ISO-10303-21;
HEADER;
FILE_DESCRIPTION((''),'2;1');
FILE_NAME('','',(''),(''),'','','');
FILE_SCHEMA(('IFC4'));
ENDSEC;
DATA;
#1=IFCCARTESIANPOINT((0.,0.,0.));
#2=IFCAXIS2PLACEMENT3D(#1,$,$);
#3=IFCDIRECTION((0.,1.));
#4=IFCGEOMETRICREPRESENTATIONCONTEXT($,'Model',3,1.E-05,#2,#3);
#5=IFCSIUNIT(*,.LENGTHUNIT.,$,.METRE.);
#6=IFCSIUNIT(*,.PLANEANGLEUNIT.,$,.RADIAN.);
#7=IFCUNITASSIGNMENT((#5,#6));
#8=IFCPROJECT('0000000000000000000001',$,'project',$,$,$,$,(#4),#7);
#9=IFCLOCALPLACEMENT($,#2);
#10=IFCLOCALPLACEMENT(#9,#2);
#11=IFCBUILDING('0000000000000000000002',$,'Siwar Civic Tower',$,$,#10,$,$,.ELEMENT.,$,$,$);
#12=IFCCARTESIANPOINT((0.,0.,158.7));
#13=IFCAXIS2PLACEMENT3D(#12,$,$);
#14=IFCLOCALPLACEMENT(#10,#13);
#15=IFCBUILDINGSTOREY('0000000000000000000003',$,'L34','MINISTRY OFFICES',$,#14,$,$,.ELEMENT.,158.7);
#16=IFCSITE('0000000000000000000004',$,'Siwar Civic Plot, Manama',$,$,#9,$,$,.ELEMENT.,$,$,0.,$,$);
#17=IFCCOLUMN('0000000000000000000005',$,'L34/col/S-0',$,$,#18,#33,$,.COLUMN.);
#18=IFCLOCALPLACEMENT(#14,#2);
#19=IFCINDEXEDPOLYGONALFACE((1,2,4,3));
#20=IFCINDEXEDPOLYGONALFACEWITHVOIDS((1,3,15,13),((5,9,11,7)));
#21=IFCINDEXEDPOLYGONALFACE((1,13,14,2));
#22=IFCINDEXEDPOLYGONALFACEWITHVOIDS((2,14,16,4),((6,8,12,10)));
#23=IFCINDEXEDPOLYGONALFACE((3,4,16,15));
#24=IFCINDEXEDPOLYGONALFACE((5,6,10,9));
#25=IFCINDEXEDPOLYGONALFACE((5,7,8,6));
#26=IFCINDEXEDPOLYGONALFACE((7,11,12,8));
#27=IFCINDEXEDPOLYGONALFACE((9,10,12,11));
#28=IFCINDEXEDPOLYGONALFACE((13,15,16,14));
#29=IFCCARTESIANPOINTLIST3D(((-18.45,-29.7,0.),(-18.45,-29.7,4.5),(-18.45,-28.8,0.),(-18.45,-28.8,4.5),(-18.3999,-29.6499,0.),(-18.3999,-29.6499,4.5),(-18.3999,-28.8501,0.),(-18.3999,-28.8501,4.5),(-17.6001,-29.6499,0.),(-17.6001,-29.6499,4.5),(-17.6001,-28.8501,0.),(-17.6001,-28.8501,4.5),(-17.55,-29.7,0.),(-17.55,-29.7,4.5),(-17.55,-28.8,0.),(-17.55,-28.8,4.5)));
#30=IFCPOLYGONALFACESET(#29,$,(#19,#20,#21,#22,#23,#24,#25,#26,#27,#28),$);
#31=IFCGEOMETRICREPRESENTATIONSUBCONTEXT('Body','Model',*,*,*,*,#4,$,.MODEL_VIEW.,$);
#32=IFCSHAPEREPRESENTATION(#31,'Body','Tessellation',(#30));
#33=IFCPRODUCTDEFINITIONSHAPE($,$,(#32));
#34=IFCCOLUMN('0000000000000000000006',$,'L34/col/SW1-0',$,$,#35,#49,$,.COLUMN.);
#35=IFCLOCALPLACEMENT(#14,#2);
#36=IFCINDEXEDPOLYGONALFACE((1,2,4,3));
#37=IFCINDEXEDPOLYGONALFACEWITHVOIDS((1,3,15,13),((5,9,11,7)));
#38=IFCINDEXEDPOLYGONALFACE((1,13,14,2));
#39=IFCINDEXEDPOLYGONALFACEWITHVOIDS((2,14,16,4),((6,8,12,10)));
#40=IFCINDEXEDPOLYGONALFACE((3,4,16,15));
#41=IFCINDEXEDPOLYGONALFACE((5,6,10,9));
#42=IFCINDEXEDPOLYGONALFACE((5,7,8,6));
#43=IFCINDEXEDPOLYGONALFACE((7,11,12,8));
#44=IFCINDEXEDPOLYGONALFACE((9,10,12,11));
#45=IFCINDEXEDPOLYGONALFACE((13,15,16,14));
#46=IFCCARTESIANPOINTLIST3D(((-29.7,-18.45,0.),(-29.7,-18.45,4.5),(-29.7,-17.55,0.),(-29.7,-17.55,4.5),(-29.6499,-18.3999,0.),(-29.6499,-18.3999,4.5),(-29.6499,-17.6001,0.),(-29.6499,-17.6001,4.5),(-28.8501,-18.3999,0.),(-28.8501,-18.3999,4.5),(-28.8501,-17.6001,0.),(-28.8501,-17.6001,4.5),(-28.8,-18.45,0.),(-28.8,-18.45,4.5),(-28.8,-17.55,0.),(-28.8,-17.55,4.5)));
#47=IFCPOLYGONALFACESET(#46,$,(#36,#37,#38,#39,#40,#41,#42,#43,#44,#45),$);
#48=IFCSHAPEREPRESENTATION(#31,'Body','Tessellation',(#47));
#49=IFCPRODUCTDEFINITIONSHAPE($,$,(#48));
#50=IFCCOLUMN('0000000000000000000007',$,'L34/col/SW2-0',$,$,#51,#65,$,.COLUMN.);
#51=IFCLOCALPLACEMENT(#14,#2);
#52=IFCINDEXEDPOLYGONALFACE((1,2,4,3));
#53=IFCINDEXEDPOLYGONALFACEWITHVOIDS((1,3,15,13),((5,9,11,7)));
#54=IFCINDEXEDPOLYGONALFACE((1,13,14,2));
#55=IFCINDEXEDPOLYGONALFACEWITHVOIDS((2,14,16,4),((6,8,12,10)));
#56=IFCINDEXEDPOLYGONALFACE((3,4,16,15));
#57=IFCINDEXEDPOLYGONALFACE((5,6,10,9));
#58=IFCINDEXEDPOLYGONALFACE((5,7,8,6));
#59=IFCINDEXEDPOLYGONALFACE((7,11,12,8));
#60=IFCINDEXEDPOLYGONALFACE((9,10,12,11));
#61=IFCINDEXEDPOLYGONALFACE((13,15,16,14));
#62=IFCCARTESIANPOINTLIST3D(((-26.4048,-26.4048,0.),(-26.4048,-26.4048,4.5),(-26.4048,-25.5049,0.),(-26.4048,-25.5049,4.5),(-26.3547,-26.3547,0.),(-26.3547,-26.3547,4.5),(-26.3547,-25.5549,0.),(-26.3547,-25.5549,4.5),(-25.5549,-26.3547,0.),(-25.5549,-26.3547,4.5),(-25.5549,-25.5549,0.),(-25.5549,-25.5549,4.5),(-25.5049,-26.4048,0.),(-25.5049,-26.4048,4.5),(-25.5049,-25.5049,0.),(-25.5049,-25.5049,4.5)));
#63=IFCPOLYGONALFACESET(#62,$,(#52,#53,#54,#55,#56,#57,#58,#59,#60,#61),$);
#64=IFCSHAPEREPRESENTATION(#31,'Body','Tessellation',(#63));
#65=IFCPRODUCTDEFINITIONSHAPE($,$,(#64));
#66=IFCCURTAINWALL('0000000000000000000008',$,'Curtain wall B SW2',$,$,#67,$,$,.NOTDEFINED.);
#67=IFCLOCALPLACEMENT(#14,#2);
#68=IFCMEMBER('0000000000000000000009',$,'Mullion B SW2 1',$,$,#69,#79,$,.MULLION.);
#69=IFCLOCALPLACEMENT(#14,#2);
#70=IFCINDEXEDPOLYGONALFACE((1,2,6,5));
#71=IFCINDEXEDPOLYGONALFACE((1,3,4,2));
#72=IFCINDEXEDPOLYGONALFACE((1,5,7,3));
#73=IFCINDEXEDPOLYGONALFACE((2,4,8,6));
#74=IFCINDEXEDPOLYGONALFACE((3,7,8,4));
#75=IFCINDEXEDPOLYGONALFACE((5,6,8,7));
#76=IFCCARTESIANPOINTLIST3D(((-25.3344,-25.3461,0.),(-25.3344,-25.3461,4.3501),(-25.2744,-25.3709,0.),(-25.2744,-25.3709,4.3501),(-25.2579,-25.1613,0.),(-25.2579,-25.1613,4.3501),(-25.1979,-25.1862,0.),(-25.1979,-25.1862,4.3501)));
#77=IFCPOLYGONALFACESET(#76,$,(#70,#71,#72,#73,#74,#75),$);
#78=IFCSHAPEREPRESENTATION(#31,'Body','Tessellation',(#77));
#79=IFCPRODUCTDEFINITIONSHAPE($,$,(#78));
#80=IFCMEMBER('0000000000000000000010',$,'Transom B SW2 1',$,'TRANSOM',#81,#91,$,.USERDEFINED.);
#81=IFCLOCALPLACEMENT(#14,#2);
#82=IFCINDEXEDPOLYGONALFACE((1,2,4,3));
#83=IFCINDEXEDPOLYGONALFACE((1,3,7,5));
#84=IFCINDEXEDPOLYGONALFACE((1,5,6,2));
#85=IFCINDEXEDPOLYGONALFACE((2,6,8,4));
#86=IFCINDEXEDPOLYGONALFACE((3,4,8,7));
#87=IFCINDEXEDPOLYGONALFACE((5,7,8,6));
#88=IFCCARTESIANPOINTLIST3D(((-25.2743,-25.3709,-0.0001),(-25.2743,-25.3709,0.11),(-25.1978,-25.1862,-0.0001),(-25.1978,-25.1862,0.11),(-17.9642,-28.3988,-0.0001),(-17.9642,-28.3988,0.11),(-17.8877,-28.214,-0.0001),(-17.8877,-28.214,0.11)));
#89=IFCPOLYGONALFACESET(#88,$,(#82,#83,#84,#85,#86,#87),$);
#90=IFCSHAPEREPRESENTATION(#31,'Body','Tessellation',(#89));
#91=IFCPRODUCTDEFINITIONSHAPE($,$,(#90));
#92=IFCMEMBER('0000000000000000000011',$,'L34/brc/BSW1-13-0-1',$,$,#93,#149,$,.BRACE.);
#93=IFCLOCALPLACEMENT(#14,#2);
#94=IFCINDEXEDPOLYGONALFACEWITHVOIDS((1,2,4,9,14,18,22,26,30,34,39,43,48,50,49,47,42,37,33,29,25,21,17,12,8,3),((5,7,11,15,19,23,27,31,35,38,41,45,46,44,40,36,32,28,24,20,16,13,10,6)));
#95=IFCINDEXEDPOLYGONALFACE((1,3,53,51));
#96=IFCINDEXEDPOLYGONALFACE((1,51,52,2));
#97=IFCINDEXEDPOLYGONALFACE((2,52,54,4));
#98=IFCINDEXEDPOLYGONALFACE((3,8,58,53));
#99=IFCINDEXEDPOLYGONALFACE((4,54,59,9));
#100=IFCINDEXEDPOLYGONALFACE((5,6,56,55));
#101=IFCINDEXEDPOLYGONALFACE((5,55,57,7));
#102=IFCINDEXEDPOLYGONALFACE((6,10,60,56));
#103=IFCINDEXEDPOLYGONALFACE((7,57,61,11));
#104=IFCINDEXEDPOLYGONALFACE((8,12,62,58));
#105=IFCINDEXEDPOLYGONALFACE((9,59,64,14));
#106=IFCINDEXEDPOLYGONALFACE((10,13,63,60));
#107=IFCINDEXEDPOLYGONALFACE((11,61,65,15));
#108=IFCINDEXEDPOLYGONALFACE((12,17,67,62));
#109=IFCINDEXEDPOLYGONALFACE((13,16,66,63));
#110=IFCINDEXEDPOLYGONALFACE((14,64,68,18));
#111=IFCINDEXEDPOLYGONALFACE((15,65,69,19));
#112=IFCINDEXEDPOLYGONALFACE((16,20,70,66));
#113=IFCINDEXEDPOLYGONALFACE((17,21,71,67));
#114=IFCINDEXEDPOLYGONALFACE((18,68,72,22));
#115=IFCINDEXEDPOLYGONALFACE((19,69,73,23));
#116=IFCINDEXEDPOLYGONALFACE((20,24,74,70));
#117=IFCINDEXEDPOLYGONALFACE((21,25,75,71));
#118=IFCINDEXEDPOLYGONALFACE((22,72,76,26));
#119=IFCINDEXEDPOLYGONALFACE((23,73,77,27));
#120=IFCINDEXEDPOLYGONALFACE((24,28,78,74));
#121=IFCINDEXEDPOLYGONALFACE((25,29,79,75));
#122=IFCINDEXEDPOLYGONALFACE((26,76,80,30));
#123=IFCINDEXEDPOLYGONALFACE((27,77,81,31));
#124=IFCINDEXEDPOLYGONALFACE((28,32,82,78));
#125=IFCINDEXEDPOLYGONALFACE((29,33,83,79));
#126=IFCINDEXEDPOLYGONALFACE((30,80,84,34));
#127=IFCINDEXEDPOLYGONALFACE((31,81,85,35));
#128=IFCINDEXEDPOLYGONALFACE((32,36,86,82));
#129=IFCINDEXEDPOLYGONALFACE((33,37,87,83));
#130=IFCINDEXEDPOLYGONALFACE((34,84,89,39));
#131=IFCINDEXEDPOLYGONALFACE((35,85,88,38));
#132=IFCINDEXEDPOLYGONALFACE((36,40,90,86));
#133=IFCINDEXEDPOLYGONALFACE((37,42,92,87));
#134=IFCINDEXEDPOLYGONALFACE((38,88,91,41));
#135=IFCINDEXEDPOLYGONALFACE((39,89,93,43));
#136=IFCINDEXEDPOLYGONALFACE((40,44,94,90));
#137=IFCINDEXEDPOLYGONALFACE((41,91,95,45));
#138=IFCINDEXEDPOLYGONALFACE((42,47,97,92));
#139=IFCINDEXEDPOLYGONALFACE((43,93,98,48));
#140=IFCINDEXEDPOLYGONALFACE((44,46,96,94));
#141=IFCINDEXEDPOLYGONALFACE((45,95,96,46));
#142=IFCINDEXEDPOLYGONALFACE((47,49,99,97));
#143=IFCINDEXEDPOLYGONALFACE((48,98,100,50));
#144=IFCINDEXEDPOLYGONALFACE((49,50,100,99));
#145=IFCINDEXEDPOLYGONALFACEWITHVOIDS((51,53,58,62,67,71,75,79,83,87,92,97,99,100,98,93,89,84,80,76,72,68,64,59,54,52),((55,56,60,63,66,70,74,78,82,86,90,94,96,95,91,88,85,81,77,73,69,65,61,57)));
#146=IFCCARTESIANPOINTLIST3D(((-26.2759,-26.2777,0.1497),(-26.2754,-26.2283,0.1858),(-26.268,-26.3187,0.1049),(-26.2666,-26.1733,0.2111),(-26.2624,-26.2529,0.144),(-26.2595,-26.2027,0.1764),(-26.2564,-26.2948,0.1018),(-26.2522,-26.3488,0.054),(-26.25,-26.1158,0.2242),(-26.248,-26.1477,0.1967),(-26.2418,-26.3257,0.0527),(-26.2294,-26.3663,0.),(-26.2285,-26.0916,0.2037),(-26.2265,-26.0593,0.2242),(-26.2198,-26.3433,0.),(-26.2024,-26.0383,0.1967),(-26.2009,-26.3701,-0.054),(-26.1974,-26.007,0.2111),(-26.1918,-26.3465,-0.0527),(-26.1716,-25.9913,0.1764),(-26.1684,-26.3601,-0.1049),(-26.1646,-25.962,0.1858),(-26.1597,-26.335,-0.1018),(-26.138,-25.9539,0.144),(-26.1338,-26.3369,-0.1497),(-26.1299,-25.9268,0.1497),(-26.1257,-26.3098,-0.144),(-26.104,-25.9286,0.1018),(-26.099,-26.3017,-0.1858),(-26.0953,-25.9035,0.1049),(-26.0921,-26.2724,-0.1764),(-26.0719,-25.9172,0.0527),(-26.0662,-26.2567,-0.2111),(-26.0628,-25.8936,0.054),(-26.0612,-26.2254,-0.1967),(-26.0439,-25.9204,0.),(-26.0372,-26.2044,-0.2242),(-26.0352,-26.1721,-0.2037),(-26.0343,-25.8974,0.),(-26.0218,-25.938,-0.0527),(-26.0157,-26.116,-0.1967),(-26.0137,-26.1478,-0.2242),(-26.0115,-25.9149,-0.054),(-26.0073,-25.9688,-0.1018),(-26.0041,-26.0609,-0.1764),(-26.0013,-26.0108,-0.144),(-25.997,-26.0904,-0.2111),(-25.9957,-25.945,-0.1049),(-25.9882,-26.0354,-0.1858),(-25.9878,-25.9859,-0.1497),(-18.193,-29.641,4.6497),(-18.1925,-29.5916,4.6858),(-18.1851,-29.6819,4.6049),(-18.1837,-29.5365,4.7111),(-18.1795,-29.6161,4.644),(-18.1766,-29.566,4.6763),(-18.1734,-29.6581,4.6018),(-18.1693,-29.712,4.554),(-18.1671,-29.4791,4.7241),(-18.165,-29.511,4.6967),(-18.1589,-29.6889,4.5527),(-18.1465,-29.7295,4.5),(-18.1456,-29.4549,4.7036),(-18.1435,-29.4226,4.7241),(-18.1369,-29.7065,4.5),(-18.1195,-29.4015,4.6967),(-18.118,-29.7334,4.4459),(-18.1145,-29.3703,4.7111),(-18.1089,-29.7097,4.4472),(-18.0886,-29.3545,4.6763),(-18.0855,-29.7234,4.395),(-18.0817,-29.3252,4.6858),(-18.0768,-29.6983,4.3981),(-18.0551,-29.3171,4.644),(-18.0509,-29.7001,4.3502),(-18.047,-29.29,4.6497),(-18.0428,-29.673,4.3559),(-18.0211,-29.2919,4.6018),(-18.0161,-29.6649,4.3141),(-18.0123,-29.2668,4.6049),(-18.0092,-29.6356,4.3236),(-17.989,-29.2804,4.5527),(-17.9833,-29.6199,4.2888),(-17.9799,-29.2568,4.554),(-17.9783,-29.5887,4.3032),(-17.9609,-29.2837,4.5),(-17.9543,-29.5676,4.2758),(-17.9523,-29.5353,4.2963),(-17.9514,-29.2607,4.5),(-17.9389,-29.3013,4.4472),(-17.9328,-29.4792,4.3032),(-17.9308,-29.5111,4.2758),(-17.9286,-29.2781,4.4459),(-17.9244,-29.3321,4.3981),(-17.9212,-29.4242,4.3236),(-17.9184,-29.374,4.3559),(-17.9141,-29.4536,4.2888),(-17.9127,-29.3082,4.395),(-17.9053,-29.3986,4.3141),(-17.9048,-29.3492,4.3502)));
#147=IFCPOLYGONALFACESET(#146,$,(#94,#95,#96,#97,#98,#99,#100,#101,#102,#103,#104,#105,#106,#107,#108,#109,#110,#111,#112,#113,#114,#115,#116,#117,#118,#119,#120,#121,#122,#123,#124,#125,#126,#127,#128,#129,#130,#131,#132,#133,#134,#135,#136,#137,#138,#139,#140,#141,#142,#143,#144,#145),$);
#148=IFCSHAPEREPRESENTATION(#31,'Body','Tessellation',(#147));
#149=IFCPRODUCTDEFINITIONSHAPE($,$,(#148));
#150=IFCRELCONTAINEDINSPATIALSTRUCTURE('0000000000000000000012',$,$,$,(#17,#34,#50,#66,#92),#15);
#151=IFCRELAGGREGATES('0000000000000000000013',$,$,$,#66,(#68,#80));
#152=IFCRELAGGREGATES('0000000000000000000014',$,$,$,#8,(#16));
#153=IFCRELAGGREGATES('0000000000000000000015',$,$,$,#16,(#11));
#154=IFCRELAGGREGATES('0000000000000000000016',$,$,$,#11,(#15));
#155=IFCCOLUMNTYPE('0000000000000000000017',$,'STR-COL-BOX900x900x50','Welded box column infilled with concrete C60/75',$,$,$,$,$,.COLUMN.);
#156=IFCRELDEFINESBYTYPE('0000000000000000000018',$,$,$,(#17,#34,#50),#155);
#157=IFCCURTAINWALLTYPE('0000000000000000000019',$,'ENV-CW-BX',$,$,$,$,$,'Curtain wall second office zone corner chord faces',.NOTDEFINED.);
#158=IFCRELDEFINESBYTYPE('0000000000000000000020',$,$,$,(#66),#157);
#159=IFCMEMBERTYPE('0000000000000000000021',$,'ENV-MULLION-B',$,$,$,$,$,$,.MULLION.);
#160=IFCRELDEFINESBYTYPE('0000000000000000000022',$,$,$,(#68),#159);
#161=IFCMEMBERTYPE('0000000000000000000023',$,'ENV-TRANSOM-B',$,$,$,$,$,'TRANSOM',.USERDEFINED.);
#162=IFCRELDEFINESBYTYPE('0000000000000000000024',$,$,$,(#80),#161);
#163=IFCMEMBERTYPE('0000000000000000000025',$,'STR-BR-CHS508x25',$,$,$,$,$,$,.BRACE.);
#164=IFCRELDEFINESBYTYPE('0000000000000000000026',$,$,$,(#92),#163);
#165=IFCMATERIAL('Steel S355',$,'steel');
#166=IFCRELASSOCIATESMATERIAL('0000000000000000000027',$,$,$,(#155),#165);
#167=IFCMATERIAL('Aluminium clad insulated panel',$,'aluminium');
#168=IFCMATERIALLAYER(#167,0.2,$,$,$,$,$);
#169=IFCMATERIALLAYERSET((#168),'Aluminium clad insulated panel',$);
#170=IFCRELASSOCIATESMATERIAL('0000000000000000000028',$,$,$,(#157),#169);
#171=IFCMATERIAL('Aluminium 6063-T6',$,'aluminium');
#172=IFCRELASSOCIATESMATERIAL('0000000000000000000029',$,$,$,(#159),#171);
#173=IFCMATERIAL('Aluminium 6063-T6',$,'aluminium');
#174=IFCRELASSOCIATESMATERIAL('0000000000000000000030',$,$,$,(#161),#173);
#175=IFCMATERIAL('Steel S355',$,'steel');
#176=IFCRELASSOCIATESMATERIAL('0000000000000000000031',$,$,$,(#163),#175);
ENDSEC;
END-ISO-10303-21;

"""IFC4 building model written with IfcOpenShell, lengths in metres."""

from ifc_helpers import new_model, si_unit, direction, frame, origin, origin_2d, place, context, subcontext, project, spatial, rectangle, hollow_rectangle, hollow_circle, extrude, material, layer, layer_set, material_profile, profile_set, type_object, element, aggregate, save


model = new_model("IFC4")

# Units and contexts
model_context = context("Model", 3, precision=1e-05, world=origin(), true_north=direction((0.0, 1.0)))
body_context = subcontext(model_context, "Body", "Model", "MODEL_VIEW")
ifc_project = project(units=[si_unit("LENGTHUNIT", "METRE"), si_unit("PLANEANGLEUNIT", "RADIAN")], contexts=[model_context])

# Site, building, storey
site_placement = place(None, origin())
site = spatial("IfcSite", under=ifc_project, at=site_placement, Name="Siwar Civic Plot, Manama", CompositionType="ELEMENT", RefElevation=0.0)
building_placement = place(site_placement, origin())
building = spatial("IfcBuilding", under=site, at=building_placement, Name="Siwar Civic Tower", CompositionType="ELEMENT")
storey_placement = place(building_placement, frame((0.0, 0.0, 158.7)))
storey = spatial("IfcBuildingStorey", under=building, at=storey_placement, Name="L34", Description="MINISTRY OFFICES", CompositionType="ELEMENT", Elevation=158.7)

# Columns
ifc_material_1 = material(Name="Steel S355", Category="steel")
ifc_material_profile_1 = material_profile(ifc_material_1, hollow_rectangle(XDim=0.8999, YDim=0.8999, WallThickness=0.05, at=origin_2d()), Name="BOX900x900x50")
ifc_profile_set_1 = profile_set([ifc_material_profile_1], Name="Steel S355")
column_type = type_object("IfcColumnType", Name="STR-COL-BOX900x900x50", Description="Welded box column infilled with concrete C60/75", PredefinedType="COLUMN", material=ifc_profile_set_1)
for number, where, z_axis, x_axis, name in (
    (1, (-18.0, -29.25, 0.0), (0.0, 0.0, 1.0), (1.0, 0.0, 0.0), "L34/col/S-0"),
    (2, (-29.25, -18.0, 0.0), (0.0, 0.0, 1.0), (1.0, 0.0, 0.0), "L34/col/SW1-0"),
    (3, (-25.9548, -25.9548, 0.0), (0.0, 0.0, 1.0), (1.0, 0.0, 0.0), "L34/col/SW2-0"),
):
    element("IfcColumn", number, at=place(storey_placement, frame(where, z_axis=z_axis, x_axis=x_axis)), inside=storey, type_object=column_type, Name=name, PredefinedType="COLUMN", context=body_context, shape_type="SweptSolid", body=[
        extrude(hollow_rectangle(XDim=0.8999, YDim=0.8999, WallThickness=0.05, at=origin_2d()), origin(), (0.0, 0.0, 1.0), 4.5),
    ])

# Curtain wall, members
ifc_material_2 = material(Name="Aluminium clad insulated panel", Category="aluminium")
ifc_layer_1 = layer(ifc_material_2, 0.2)
ifc_layer_set_1 = layer_set([ifc_layer_1], Name="Aluminium clad insulated panel")
curtain_wall_type = type_object("IfcCurtainWallType", Name="ENV-CW-BX", ElementType="Curtain wall second office zone corner chord faces", PredefinedType="NOTDEFINED", material=ifc_layer_set_1)
curtain_wall_1_placement = place(storey_placement, origin())
curtain_wall_1 = element("IfcCurtainWall", 4, at=curtain_wall_1_placement, inside=storey, type_object=curtain_wall_type, Name="Curtain wall B SW2", PredefinedType="NOTDEFINED")
ifc_material_3 = material(Name="Aluminium 6063-T6", Category="aluminium")
ifc_material_profile_2 = material_profile(ifc_material_3, rectangle(XDim=0.2, YDim=0.0649, at=origin_2d()), Name="AL 200x65")
ifc_profile_set_2 = profile_set([ifc_material_profile_2], Name="Aluminium 6063-T6")
member_type_1 = type_object("IfcMemberType", Name="ENV-MULLION-B", PredefinedType="MULLION", material=ifc_profile_set_2)
member_1_placement = place(storey_placement, frame((-25.2661, -25.2661, 0.0), z_axis=(0.0, 0.0, 1.0), x_axis=(0.382683, 0.92388, 0.0)))
member_1 = element("IfcMember", 5, at=member_1_placement, type_object=member_type_1, Name="Mullion B SW2 1", PredefinedType="MULLION", context=body_context, shape_type="SweptSolid", body=[
    extrude(rectangle(XDim=0.2, YDim=0.0649, at=origin_2d()), origin(), (0.0, 0.0, 1.0), 4.3501),
])
ifc_material_4 = material(Name="Aluminium 6063-T6", Category="aluminium")
ifc_material_profile_3 = material_profile(ifc_material_4, rectangle(XDim=0.2, YDim=0.1101, at=origin_2d()), Name="AL 200x110")
ifc_profile_set_3 = profile_set([ifc_material_profile_3], Name="Aluminium 6063-T6")
member_type_2 = type_object("IfcMemberType", Name="ENV-TRANSOM-B", ElementType="TRANSOM", PredefinedType="USERDEFINED", material=ifc_profile_set_3)
member_2_placement = place(storey_placement, frame((-25.2361, -25.2786, 0.0549), z_axis=(0.923884, -0.382673, 0.0), x_axis=(0.382673, 0.923884, 0.0)))
member_2 = element("IfcMember", 6, at=member_2_placement, type_object=member_type_2, Name="Transom B SW2 1", ObjectType="TRANSOM", PredefinedType="USERDEFINED", context=body_context, shape_type="SweptSolid", body=[
    extrude(rectangle(XDim=0.2, YDim=0.1101, at=origin_2d()), origin(), (0.0, 0.0, 1.0), 7.9124),
])

# Member
ifc_material_5 = material(Name="Steel S355", Category="steel")
ifc_material_profile_4 = material_profile(ifc_material_5, hollow_circle(Radius=0.2539, WallThickness=0.0249, at=origin_2d()), Name="CHS508x25")
ifc_profile_set_4 = profile_set([ifc_material_profile_4], Name="Steel S355")
member_type_3 = type_object("IfcMemberType", Name="STR-BR-CHS508x25", PredefinedType="BRACE", material=ifc_profile_set_4)
member_3_placement = place(storey_placement, frame((-26.1318, -26.1318, 0.0), z_axis=(0.821143, -0.341671, 0.457149), x_axis=(0.384164, 0.923265, 0.0)))
element("IfcMember", 7, at=member_3_placement, inside=storey, type_object=member_type_3, Name="L34/brc/BSW1-13-0-1", PredefinedType="BRACE", context=body_context, shape_type="SweptSolid", body=[
    extrude(hollow_circle(Radius=0.2539, WallThickness=0.0249, at=origin_2d()), origin(), (0.0, 0.0, 1.0), 9.8435),
])

aggregate(curtain_wall_1, [member_1, member_2])

save(model, "model.ifc")
